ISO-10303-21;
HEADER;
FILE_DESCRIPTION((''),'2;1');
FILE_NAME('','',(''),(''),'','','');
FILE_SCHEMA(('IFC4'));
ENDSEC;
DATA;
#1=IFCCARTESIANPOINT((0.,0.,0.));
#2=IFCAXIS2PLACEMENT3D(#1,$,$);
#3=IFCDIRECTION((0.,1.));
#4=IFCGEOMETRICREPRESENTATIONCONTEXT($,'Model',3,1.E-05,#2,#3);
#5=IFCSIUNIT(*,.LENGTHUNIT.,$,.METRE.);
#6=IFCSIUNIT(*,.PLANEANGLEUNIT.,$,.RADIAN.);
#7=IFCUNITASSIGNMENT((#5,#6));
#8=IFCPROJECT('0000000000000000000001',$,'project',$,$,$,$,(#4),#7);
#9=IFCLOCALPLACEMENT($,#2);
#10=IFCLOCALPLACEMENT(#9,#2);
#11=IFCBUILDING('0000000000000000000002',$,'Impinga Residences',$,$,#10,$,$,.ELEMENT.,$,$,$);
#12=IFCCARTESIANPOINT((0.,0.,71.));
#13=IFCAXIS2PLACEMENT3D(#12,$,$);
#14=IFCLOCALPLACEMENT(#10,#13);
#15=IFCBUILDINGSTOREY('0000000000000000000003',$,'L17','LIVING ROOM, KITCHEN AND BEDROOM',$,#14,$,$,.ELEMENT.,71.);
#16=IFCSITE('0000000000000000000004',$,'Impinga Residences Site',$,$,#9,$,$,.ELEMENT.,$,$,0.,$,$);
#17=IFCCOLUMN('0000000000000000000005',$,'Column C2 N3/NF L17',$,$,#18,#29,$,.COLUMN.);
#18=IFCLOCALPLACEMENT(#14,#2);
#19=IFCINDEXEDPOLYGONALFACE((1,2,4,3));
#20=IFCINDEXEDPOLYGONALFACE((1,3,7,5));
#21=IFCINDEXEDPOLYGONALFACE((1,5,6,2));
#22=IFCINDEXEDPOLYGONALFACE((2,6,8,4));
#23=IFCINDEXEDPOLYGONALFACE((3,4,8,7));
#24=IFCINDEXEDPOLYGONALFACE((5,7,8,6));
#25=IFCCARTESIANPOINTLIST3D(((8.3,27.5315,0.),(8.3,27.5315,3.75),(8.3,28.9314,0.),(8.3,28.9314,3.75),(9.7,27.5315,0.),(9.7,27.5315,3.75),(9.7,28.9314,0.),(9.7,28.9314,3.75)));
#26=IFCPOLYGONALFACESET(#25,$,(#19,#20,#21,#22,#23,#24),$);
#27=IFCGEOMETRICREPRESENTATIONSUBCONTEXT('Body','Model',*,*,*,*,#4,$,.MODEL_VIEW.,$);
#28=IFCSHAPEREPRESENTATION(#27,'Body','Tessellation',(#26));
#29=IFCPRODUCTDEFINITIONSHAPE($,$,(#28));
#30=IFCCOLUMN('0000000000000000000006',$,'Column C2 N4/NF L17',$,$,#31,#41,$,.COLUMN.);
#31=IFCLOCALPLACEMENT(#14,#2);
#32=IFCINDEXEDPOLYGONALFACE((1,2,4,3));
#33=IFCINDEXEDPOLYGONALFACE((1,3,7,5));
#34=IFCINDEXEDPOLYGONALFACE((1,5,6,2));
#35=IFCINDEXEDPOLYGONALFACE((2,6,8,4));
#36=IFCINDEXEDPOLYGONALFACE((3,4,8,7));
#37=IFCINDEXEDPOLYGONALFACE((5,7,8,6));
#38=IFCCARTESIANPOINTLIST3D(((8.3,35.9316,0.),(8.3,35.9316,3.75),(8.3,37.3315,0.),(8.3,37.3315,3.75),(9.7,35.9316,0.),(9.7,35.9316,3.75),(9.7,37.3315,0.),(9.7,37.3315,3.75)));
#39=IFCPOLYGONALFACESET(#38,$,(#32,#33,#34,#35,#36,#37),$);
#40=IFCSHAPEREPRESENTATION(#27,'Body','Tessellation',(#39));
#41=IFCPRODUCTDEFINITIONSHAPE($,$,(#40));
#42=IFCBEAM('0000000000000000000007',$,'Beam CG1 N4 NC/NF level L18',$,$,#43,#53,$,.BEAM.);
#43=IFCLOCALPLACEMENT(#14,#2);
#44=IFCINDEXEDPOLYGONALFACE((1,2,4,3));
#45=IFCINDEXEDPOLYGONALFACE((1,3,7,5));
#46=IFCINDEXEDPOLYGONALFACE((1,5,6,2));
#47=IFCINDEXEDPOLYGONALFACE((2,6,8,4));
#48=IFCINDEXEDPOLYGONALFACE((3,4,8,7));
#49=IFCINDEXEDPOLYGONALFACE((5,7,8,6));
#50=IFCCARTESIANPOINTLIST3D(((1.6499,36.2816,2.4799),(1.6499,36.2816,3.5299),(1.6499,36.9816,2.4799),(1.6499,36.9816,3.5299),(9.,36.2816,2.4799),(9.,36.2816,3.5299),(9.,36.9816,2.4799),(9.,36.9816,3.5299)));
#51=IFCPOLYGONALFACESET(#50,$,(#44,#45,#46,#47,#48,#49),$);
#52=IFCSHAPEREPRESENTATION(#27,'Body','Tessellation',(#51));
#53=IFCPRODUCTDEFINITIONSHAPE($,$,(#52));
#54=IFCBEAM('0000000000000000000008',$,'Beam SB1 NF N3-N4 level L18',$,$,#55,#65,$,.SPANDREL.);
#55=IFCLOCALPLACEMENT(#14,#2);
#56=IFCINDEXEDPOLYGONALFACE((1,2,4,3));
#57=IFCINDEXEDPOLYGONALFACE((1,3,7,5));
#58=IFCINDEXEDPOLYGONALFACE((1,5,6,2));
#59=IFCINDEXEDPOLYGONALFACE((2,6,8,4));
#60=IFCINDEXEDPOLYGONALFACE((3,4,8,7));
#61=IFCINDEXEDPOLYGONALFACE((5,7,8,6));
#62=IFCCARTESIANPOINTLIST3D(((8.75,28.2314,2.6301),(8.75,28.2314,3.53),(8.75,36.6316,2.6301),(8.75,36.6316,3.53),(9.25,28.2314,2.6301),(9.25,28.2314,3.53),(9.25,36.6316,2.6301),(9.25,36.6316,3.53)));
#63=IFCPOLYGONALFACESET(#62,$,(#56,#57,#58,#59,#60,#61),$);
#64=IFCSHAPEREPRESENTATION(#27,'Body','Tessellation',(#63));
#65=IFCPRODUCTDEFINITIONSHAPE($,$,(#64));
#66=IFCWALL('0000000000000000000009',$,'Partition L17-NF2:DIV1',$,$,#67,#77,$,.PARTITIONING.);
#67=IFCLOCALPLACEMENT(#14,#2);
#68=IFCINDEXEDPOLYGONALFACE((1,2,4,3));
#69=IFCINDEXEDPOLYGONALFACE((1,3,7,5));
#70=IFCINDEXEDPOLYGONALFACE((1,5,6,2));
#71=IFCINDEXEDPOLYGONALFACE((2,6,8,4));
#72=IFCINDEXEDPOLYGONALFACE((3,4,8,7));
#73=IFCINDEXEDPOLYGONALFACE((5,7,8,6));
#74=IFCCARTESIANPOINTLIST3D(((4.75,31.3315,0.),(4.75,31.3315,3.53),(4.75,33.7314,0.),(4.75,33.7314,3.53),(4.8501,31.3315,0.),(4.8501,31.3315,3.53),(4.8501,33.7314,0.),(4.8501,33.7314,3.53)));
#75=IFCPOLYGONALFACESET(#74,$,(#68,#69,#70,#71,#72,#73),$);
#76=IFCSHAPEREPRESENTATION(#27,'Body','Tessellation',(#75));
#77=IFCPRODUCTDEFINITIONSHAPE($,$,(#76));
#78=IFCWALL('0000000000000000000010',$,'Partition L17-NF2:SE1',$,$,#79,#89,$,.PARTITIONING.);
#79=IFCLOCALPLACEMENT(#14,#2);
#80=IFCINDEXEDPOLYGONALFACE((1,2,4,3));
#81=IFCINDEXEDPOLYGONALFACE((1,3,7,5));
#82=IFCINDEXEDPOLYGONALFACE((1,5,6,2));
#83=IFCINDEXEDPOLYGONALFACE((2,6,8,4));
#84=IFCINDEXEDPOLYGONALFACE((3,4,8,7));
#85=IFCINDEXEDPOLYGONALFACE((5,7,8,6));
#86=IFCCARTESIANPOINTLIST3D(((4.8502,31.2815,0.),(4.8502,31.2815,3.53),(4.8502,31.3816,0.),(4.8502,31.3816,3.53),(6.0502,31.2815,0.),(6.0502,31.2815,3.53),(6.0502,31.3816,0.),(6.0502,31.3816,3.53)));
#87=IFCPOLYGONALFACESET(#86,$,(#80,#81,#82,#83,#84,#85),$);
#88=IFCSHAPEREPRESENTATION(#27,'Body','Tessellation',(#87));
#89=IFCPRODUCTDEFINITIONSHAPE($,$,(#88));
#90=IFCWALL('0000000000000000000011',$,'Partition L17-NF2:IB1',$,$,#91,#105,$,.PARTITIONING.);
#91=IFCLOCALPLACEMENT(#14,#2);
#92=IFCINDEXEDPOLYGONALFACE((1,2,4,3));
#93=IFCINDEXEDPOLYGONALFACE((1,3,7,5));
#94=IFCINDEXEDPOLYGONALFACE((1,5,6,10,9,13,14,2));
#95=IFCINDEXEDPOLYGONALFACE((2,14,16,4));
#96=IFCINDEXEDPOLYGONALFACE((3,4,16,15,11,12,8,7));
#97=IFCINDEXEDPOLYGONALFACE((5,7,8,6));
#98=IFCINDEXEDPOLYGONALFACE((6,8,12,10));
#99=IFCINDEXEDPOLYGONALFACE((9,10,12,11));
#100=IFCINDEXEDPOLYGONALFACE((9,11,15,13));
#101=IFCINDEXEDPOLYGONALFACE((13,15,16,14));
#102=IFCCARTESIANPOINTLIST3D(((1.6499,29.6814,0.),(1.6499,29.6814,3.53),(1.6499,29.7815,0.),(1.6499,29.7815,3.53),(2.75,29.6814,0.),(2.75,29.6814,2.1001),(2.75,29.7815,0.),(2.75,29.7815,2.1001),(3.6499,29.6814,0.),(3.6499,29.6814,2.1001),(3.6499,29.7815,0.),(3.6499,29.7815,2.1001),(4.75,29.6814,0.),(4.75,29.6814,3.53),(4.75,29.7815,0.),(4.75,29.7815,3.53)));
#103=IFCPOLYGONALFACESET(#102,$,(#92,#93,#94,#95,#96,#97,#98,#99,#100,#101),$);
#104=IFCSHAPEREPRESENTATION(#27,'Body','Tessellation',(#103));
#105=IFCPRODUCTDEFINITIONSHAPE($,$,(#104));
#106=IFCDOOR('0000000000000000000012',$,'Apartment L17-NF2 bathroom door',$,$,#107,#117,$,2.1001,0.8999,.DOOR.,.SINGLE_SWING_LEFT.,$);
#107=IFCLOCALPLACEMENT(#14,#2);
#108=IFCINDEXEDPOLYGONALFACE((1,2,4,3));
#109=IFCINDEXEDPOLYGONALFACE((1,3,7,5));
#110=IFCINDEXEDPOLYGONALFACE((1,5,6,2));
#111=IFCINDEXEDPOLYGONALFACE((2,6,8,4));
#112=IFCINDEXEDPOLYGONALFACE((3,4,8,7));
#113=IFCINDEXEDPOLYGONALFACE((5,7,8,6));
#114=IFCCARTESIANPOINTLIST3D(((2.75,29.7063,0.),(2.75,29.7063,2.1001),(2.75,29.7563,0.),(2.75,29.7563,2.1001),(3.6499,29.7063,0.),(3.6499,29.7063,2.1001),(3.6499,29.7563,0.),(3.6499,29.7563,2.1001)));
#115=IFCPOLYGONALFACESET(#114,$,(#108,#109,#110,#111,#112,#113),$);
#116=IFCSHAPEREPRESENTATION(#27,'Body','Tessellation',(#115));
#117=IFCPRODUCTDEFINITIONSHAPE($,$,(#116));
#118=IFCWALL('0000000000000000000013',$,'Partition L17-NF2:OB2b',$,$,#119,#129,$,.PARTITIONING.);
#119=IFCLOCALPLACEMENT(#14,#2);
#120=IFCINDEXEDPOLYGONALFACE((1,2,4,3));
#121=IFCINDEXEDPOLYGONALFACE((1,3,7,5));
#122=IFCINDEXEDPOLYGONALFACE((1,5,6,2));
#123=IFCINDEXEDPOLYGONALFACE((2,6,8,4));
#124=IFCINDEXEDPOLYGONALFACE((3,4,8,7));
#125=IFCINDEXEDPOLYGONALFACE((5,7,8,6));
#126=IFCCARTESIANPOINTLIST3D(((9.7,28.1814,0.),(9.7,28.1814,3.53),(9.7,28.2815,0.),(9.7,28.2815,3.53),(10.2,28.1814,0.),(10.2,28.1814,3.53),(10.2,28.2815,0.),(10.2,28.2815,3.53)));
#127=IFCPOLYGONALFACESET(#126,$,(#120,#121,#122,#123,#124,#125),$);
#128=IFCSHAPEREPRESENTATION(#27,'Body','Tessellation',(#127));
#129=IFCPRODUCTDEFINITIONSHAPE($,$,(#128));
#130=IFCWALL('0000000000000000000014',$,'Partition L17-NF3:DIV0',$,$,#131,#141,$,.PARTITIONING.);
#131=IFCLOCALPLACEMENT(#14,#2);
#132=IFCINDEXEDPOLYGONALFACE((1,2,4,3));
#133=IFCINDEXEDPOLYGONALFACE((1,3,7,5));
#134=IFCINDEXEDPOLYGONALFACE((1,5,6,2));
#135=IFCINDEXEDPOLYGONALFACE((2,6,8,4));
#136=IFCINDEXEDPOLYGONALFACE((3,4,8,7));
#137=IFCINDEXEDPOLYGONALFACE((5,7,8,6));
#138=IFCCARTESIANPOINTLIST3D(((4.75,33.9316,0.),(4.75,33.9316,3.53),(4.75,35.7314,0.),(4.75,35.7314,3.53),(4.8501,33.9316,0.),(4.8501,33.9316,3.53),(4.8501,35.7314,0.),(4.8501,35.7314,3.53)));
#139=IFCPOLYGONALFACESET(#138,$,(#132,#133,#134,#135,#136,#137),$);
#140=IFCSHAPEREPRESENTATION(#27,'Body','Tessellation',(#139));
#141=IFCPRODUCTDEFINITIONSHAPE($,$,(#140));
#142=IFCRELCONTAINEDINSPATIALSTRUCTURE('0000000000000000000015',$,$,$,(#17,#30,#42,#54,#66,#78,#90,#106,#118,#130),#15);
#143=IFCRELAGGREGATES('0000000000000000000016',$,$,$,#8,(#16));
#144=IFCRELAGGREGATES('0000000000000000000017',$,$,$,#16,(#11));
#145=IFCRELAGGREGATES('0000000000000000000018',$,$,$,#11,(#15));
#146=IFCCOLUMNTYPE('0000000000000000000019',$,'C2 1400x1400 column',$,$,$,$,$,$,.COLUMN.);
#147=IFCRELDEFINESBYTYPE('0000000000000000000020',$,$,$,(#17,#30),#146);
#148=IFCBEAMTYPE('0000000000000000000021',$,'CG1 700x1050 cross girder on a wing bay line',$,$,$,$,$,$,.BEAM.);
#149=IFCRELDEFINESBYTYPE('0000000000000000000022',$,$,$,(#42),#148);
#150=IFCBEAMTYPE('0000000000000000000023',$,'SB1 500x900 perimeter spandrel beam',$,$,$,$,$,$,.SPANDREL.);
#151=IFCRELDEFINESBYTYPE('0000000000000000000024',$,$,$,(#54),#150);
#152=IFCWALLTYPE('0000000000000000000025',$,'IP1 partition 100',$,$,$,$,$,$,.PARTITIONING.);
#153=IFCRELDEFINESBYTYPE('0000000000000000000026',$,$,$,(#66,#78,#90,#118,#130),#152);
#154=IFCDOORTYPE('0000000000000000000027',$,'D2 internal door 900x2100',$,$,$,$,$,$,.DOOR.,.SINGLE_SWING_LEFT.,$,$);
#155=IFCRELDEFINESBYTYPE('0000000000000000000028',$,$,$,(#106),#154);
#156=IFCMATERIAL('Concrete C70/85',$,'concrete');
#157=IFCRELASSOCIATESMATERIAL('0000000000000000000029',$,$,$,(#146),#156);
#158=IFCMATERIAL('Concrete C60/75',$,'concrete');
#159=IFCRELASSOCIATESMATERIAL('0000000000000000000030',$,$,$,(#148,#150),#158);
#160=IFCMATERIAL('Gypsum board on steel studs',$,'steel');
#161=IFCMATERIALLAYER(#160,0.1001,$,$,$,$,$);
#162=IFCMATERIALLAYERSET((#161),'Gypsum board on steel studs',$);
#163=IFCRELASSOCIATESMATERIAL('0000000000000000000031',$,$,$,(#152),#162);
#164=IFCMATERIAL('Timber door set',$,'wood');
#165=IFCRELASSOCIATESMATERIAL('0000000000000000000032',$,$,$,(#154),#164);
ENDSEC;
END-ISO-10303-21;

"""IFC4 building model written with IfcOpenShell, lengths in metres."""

from ifc_helpers import new_model, si_unit, direction, frame, frame_2d, origin, origin_2d, place, context, subcontext, project, spatial, rectangle, extrude, material, layer, layer_set, material_profile, profile_set, type_object, element, fill, save


model = new_model("IFC4")

# Units and contexts
model_context = context("Model", 3, precision=1e-05, world=origin(), true_north=direction((0.0, 1.0)))
body_context = subcontext(model_context, "Body", "Model", "MODEL_VIEW")
ifc_project = project(units=[si_unit("LENGTHUNIT", "METRE"), si_unit("PLANEANGLEUNIT", "RADIAN")], contexts=[model_context])

# Site, building, storey
site_placement = place(None, origin())
site = spatial("IfcSite", under=ifc_project, at=site_placement, Name="Impinga Residences Site", CompositionType="ELEMENT", RefElevation=0.0)
building_placement = place(site_placement, origin())
building = spatial("IfcBuilding", under=site, at=building_placement, Name="Impinga Residences", CompositionType="ELEMENT")
storey_placement = place(building_placement, frame((0.0, 0.0, 71.0)))
storey = spatial("IfcBuildingStorey", under=building, at=storey_placement, Name="L17", Description="LIVING ROOM, KITCHEN AND BEDROOM", CompositionType="ELEMENT", Elevation=71.0)

# Columns
ifc_material_1 = material(Name="Concrete C70/85", Category="concrete")
ifc_material_profile_1 = material_profile(ifc_material_1, rectangle(XDim=1.3999, YDim=1.3999, at=origin_2d()), Name="RC 1400x1400")
ifc_profile_set_1 = profile_set([ifc_material_profile_1], Name="Concrete C70/85")
column_type = type_object("IfcColumnType", Name="C2 1400x1400 column", PredefinedType="COLUMN", material=ifc_profile_set_1)
for number, where, z_axis, x_axis, name in (
    (1, (9.0, 28.2314, 0.0), (0.0, 0.0, 1.0), (1.0, 0.0, 0.0), "Column C2 N3/NF L17"),
    (2, (9.0, 36.6316, 0.0), (0.0, 0.0, 1.0), (1.0, 0.0, 0.0), "Column C2 N4/NF L17"),
):
    element("IfcColumn", number, at=place(storey_placement, frame(where, z_axis=z_axis, x_axis=x_axis)), inside=storey, type_object=column_type, Name=name, PredefinedType="COLUMN", context=body_context, shape_type="SweptSolid", body=[
        extrude(rectangle(XDim=1.3999, YDim=1.3999, at=origin_2d()), origin(), (0.0, 0.0, 1.0), 3.75),
    ])

# Beams
ifc_material_2 = material(Name="Concrete C60/75", Category="concrete")
ifc_material_profile_2 = material_profile(ifc_material_2, rectangle(XDim=0.7, YDim=1.05, at=origin_2d()), Name="RC 700x1050")
ifc_profile_set_2 = profile_set([ifc_material_profile_2], Name="Concrete C60/75")
beam_type_1 = type_object("IfcBeamType", Name="CG1 700x1050 cross girder on a wing bay line", PredefinedType="BEAM", material=ifc_profile_set_2)
beam_1_placement = place(storey_placement, frame((1.6499, 36.6316, 3.0049), z_axis=(1.0, 0.0, 0.0), x_axis=(0.0, 1.0, 0.0)))
element("IfcBeam", 3, at=beam_1_placement, inside=storey, type_object=beam_type_1, Name="Beam CG1 N4 NC/NF level L18", PredefinedType="BEAM", context=body_context, shape_type="SweptSolid", body=[
    extrude(rectangle(XDim=0.7, YDim=1.05, at=origin_2d()), origin(), (0.0, 0.0, 1.0), 7.3501),
])
ifc_material_profile_3 = material_profile(ifc_material_2, rectangle(XDim=0.5, YDim=0.8999, at=origin_2d()), Name="RC 500x900")
ifc_profile_set_3 = profile_set([ifc_material_profile_3], Name="Concrete C60/75")
beam_type_2 = type_object("IfcBeamType", Name="SB1 500x900 perimeter spandrel beam", PredefinedType="SPANDREL", material=ifc_profile_set_3)
beam_2_placement = place(storey_placement, frame((9.0, 28.2314, 3.0801), z_axis=(0.0, 1.0, 0.0), x_axis=(-1.0, 0.0, 0.0)))
element("IfcBeam", 4, at=beam_2_placement, inside=storey, type_object=beam_type_2, Name="Beam SB1 NF N3-N4 level L18", PredefinedType="SPANDREL", context=body_context, shape_type="SweptSolid", body=[
    extrude(rectangle(XDim=0.5, YDim=0.8999, at=origin_2d()), origin(), (0.0, 0.0, 1.0), 8.4001),
])

# Walls
ifc_material_3 = material(Name="Gypsum board on steel studs", Category="steel")
ifc_layer_1 = layer(ifc_material_3, 0.1001)
ifc_layer_set_1 = layer_set([ifc_layer_1], Name="Gypsum board on steel studs")
wall_type_1 = type_object("IfcWallType", Name="IP1 partition 100", PredefinedType="PARTITIONING", material=ifc_layer_set_1)
wall_1_placement = place(storey_placement, frame((4.8, 31.3315, 0.0), z_axis=(0.0, 0.0, 1.0), x_axis=(0.0, 1.0, 0.0)))
element("IfcWall", 5, at=wall_1_placement, inside=storey, type_object=wall_type_1, Name="Partition L17-NF2:DIV1", PredefinedType="PARTITIONING", context=body_context, shape_type="SweptSolid", body=[
    extrude(rectangle(XDim=2.3999, YDim=0.1001, at=frame_2d((1.2, 0.0))), origin(), (0.0, 0.0, 1.0), 3.53),
])
wall_2_placement = place(storey_placement, frame((4.8501, 31.3315, 0.0), z_axis=(0.0, 0.0, 1.0), x_axis=(1.0, 0.0, 0.0)))
element("IfcWall", 6, at=wall_2_placement, inside=storey, type_object=wall_type_1, Name="Partition L17-NF2:SE1", PredefinedType="PARTITIONING", context=body_context, shape_type="SweptSolid", body=[
    extrude(rectangle(XDim=1.2, YDim=0.1001, at=frame_2d((0.6001, 0.0))), origin(), (0.0, 0.0, 1.0), 3.53),
])

# Wall, opening, door
wall_3_placement = place(storey_placement, frame((1.6499, 29.7314, 0.0), z_axis=(0.0, 0.0, 1.0), x_axis=(1.0, 0.0, 0.0)))
wall_3 = element("IfcWall", 7, at=wall_3_placement, inside=storey, type_object=wall_type_1, Name="Partition L17-NF2:IB1", PredefinedType="PARTITIONING", context=body_context, shape_type="SweptSolid", body=[
    extrude(rectangle(XDim=3.1001, YDim=0.1001, at=frame_2d((1.55, 0.0))), origin(), (0.0, 0.0, 1.0), 3.53),
])
opening_1_placement = place(wall_3_placement, frame((1.1001, 0.0, 0.0)))
opening_1 = element("IfcOpeningElement", 8, at=opening_1_placement, cuts=wall_3, PredefinedType="OPENING", context=body_context, shape_type="SweptSolid", body=[
    extrude(rectangle(XDim=0.8999, YDim=2.1001, at=frame_2d((0.45, 1.05))), frame((0.0, 0.0601, 0.0), z_axis=(0.0, -1.0, 0.0), x_axis=(1.0, 0.0, 0.0)), (0.0, 0.0, 1.0), 0.1201),
])
ifc_material_4 = material(Name="Timber door set", Category="wood")
door_type = type_object("IfcDoorType", Name="D2 internal door 900x2100", OperationType="SINGLE_SWING_LEFT", PredefinedType="DOOR", material=ifc_material_4)
door_1_placement = place(opening_1_placement, origin())
door_1 = element("IfcDoor", 9, at=door_1_placement, inside=storey, type_object=door_type, Name="Apartment L17-NF2 bathroom door", OperationType="SINGLE_SWING_LEFT", OverallHeight=2.1001, OverallWidth=0.8999, PredefinedType="DOOR", context=body_context, shape_type="SweptSolid", body=[
    extrude(rectangle(XDim=0.8999, YDim=2.1001, at=frame_2d((0.45, 1.05))), frame((0.0, 0.0249, 0.0), z_axis=(0.0, -1.0, 0.0), x_axis=(1.0, 0.0, 0.0)), (0.0, 0.0, 1.0), 0.05),
])
fill(opening_1, door_1)

# Walls
wall_4_placement = place(storey_placement, frame((9.7, 28.2314, 0.0), z_axis=(0.0, 0.0, 1.0), x_axis=(1.0, 0.0, 0.0)))
element("IfcWall", 10, at=wall_4_placement, inside=storey, type_object=wall_type_1, Name="Partition L17-NF2:OB2b", PredefinedType="PARTITIONING", context=body_context, shape_type="SweptSolid", body=[
    extrude(rectangle(XDim=0.5, YDim=0.1001, at=frame_2d((0.25, 0.0))), origin(), (0.0, 0.0, 1.0), 3.53),
])
wall_5_placement = place(storey_placement, frame((4.8, 33.9316, 0.0), z_axis=(0.0, 0.0, 1.0), x_axis=(0.0, 1.0, 0.0)))
element("IfcWall", 11, at=wall_5_placement, inside=storey, type_object=wall_type_1, Name="Partition L17-NF3:DIV0", PredefinedType="PARTITIONING", context=body_context, shape_type="SweptSolid", body=[
    extrude(rectangle(XDim=1.7998, YDim=0.1001, at=frame_2d((0.8999, 0.0))), origin(), (0.0, 0.0, 1.0), 3.53),
])

save(model, "model.ifc")
